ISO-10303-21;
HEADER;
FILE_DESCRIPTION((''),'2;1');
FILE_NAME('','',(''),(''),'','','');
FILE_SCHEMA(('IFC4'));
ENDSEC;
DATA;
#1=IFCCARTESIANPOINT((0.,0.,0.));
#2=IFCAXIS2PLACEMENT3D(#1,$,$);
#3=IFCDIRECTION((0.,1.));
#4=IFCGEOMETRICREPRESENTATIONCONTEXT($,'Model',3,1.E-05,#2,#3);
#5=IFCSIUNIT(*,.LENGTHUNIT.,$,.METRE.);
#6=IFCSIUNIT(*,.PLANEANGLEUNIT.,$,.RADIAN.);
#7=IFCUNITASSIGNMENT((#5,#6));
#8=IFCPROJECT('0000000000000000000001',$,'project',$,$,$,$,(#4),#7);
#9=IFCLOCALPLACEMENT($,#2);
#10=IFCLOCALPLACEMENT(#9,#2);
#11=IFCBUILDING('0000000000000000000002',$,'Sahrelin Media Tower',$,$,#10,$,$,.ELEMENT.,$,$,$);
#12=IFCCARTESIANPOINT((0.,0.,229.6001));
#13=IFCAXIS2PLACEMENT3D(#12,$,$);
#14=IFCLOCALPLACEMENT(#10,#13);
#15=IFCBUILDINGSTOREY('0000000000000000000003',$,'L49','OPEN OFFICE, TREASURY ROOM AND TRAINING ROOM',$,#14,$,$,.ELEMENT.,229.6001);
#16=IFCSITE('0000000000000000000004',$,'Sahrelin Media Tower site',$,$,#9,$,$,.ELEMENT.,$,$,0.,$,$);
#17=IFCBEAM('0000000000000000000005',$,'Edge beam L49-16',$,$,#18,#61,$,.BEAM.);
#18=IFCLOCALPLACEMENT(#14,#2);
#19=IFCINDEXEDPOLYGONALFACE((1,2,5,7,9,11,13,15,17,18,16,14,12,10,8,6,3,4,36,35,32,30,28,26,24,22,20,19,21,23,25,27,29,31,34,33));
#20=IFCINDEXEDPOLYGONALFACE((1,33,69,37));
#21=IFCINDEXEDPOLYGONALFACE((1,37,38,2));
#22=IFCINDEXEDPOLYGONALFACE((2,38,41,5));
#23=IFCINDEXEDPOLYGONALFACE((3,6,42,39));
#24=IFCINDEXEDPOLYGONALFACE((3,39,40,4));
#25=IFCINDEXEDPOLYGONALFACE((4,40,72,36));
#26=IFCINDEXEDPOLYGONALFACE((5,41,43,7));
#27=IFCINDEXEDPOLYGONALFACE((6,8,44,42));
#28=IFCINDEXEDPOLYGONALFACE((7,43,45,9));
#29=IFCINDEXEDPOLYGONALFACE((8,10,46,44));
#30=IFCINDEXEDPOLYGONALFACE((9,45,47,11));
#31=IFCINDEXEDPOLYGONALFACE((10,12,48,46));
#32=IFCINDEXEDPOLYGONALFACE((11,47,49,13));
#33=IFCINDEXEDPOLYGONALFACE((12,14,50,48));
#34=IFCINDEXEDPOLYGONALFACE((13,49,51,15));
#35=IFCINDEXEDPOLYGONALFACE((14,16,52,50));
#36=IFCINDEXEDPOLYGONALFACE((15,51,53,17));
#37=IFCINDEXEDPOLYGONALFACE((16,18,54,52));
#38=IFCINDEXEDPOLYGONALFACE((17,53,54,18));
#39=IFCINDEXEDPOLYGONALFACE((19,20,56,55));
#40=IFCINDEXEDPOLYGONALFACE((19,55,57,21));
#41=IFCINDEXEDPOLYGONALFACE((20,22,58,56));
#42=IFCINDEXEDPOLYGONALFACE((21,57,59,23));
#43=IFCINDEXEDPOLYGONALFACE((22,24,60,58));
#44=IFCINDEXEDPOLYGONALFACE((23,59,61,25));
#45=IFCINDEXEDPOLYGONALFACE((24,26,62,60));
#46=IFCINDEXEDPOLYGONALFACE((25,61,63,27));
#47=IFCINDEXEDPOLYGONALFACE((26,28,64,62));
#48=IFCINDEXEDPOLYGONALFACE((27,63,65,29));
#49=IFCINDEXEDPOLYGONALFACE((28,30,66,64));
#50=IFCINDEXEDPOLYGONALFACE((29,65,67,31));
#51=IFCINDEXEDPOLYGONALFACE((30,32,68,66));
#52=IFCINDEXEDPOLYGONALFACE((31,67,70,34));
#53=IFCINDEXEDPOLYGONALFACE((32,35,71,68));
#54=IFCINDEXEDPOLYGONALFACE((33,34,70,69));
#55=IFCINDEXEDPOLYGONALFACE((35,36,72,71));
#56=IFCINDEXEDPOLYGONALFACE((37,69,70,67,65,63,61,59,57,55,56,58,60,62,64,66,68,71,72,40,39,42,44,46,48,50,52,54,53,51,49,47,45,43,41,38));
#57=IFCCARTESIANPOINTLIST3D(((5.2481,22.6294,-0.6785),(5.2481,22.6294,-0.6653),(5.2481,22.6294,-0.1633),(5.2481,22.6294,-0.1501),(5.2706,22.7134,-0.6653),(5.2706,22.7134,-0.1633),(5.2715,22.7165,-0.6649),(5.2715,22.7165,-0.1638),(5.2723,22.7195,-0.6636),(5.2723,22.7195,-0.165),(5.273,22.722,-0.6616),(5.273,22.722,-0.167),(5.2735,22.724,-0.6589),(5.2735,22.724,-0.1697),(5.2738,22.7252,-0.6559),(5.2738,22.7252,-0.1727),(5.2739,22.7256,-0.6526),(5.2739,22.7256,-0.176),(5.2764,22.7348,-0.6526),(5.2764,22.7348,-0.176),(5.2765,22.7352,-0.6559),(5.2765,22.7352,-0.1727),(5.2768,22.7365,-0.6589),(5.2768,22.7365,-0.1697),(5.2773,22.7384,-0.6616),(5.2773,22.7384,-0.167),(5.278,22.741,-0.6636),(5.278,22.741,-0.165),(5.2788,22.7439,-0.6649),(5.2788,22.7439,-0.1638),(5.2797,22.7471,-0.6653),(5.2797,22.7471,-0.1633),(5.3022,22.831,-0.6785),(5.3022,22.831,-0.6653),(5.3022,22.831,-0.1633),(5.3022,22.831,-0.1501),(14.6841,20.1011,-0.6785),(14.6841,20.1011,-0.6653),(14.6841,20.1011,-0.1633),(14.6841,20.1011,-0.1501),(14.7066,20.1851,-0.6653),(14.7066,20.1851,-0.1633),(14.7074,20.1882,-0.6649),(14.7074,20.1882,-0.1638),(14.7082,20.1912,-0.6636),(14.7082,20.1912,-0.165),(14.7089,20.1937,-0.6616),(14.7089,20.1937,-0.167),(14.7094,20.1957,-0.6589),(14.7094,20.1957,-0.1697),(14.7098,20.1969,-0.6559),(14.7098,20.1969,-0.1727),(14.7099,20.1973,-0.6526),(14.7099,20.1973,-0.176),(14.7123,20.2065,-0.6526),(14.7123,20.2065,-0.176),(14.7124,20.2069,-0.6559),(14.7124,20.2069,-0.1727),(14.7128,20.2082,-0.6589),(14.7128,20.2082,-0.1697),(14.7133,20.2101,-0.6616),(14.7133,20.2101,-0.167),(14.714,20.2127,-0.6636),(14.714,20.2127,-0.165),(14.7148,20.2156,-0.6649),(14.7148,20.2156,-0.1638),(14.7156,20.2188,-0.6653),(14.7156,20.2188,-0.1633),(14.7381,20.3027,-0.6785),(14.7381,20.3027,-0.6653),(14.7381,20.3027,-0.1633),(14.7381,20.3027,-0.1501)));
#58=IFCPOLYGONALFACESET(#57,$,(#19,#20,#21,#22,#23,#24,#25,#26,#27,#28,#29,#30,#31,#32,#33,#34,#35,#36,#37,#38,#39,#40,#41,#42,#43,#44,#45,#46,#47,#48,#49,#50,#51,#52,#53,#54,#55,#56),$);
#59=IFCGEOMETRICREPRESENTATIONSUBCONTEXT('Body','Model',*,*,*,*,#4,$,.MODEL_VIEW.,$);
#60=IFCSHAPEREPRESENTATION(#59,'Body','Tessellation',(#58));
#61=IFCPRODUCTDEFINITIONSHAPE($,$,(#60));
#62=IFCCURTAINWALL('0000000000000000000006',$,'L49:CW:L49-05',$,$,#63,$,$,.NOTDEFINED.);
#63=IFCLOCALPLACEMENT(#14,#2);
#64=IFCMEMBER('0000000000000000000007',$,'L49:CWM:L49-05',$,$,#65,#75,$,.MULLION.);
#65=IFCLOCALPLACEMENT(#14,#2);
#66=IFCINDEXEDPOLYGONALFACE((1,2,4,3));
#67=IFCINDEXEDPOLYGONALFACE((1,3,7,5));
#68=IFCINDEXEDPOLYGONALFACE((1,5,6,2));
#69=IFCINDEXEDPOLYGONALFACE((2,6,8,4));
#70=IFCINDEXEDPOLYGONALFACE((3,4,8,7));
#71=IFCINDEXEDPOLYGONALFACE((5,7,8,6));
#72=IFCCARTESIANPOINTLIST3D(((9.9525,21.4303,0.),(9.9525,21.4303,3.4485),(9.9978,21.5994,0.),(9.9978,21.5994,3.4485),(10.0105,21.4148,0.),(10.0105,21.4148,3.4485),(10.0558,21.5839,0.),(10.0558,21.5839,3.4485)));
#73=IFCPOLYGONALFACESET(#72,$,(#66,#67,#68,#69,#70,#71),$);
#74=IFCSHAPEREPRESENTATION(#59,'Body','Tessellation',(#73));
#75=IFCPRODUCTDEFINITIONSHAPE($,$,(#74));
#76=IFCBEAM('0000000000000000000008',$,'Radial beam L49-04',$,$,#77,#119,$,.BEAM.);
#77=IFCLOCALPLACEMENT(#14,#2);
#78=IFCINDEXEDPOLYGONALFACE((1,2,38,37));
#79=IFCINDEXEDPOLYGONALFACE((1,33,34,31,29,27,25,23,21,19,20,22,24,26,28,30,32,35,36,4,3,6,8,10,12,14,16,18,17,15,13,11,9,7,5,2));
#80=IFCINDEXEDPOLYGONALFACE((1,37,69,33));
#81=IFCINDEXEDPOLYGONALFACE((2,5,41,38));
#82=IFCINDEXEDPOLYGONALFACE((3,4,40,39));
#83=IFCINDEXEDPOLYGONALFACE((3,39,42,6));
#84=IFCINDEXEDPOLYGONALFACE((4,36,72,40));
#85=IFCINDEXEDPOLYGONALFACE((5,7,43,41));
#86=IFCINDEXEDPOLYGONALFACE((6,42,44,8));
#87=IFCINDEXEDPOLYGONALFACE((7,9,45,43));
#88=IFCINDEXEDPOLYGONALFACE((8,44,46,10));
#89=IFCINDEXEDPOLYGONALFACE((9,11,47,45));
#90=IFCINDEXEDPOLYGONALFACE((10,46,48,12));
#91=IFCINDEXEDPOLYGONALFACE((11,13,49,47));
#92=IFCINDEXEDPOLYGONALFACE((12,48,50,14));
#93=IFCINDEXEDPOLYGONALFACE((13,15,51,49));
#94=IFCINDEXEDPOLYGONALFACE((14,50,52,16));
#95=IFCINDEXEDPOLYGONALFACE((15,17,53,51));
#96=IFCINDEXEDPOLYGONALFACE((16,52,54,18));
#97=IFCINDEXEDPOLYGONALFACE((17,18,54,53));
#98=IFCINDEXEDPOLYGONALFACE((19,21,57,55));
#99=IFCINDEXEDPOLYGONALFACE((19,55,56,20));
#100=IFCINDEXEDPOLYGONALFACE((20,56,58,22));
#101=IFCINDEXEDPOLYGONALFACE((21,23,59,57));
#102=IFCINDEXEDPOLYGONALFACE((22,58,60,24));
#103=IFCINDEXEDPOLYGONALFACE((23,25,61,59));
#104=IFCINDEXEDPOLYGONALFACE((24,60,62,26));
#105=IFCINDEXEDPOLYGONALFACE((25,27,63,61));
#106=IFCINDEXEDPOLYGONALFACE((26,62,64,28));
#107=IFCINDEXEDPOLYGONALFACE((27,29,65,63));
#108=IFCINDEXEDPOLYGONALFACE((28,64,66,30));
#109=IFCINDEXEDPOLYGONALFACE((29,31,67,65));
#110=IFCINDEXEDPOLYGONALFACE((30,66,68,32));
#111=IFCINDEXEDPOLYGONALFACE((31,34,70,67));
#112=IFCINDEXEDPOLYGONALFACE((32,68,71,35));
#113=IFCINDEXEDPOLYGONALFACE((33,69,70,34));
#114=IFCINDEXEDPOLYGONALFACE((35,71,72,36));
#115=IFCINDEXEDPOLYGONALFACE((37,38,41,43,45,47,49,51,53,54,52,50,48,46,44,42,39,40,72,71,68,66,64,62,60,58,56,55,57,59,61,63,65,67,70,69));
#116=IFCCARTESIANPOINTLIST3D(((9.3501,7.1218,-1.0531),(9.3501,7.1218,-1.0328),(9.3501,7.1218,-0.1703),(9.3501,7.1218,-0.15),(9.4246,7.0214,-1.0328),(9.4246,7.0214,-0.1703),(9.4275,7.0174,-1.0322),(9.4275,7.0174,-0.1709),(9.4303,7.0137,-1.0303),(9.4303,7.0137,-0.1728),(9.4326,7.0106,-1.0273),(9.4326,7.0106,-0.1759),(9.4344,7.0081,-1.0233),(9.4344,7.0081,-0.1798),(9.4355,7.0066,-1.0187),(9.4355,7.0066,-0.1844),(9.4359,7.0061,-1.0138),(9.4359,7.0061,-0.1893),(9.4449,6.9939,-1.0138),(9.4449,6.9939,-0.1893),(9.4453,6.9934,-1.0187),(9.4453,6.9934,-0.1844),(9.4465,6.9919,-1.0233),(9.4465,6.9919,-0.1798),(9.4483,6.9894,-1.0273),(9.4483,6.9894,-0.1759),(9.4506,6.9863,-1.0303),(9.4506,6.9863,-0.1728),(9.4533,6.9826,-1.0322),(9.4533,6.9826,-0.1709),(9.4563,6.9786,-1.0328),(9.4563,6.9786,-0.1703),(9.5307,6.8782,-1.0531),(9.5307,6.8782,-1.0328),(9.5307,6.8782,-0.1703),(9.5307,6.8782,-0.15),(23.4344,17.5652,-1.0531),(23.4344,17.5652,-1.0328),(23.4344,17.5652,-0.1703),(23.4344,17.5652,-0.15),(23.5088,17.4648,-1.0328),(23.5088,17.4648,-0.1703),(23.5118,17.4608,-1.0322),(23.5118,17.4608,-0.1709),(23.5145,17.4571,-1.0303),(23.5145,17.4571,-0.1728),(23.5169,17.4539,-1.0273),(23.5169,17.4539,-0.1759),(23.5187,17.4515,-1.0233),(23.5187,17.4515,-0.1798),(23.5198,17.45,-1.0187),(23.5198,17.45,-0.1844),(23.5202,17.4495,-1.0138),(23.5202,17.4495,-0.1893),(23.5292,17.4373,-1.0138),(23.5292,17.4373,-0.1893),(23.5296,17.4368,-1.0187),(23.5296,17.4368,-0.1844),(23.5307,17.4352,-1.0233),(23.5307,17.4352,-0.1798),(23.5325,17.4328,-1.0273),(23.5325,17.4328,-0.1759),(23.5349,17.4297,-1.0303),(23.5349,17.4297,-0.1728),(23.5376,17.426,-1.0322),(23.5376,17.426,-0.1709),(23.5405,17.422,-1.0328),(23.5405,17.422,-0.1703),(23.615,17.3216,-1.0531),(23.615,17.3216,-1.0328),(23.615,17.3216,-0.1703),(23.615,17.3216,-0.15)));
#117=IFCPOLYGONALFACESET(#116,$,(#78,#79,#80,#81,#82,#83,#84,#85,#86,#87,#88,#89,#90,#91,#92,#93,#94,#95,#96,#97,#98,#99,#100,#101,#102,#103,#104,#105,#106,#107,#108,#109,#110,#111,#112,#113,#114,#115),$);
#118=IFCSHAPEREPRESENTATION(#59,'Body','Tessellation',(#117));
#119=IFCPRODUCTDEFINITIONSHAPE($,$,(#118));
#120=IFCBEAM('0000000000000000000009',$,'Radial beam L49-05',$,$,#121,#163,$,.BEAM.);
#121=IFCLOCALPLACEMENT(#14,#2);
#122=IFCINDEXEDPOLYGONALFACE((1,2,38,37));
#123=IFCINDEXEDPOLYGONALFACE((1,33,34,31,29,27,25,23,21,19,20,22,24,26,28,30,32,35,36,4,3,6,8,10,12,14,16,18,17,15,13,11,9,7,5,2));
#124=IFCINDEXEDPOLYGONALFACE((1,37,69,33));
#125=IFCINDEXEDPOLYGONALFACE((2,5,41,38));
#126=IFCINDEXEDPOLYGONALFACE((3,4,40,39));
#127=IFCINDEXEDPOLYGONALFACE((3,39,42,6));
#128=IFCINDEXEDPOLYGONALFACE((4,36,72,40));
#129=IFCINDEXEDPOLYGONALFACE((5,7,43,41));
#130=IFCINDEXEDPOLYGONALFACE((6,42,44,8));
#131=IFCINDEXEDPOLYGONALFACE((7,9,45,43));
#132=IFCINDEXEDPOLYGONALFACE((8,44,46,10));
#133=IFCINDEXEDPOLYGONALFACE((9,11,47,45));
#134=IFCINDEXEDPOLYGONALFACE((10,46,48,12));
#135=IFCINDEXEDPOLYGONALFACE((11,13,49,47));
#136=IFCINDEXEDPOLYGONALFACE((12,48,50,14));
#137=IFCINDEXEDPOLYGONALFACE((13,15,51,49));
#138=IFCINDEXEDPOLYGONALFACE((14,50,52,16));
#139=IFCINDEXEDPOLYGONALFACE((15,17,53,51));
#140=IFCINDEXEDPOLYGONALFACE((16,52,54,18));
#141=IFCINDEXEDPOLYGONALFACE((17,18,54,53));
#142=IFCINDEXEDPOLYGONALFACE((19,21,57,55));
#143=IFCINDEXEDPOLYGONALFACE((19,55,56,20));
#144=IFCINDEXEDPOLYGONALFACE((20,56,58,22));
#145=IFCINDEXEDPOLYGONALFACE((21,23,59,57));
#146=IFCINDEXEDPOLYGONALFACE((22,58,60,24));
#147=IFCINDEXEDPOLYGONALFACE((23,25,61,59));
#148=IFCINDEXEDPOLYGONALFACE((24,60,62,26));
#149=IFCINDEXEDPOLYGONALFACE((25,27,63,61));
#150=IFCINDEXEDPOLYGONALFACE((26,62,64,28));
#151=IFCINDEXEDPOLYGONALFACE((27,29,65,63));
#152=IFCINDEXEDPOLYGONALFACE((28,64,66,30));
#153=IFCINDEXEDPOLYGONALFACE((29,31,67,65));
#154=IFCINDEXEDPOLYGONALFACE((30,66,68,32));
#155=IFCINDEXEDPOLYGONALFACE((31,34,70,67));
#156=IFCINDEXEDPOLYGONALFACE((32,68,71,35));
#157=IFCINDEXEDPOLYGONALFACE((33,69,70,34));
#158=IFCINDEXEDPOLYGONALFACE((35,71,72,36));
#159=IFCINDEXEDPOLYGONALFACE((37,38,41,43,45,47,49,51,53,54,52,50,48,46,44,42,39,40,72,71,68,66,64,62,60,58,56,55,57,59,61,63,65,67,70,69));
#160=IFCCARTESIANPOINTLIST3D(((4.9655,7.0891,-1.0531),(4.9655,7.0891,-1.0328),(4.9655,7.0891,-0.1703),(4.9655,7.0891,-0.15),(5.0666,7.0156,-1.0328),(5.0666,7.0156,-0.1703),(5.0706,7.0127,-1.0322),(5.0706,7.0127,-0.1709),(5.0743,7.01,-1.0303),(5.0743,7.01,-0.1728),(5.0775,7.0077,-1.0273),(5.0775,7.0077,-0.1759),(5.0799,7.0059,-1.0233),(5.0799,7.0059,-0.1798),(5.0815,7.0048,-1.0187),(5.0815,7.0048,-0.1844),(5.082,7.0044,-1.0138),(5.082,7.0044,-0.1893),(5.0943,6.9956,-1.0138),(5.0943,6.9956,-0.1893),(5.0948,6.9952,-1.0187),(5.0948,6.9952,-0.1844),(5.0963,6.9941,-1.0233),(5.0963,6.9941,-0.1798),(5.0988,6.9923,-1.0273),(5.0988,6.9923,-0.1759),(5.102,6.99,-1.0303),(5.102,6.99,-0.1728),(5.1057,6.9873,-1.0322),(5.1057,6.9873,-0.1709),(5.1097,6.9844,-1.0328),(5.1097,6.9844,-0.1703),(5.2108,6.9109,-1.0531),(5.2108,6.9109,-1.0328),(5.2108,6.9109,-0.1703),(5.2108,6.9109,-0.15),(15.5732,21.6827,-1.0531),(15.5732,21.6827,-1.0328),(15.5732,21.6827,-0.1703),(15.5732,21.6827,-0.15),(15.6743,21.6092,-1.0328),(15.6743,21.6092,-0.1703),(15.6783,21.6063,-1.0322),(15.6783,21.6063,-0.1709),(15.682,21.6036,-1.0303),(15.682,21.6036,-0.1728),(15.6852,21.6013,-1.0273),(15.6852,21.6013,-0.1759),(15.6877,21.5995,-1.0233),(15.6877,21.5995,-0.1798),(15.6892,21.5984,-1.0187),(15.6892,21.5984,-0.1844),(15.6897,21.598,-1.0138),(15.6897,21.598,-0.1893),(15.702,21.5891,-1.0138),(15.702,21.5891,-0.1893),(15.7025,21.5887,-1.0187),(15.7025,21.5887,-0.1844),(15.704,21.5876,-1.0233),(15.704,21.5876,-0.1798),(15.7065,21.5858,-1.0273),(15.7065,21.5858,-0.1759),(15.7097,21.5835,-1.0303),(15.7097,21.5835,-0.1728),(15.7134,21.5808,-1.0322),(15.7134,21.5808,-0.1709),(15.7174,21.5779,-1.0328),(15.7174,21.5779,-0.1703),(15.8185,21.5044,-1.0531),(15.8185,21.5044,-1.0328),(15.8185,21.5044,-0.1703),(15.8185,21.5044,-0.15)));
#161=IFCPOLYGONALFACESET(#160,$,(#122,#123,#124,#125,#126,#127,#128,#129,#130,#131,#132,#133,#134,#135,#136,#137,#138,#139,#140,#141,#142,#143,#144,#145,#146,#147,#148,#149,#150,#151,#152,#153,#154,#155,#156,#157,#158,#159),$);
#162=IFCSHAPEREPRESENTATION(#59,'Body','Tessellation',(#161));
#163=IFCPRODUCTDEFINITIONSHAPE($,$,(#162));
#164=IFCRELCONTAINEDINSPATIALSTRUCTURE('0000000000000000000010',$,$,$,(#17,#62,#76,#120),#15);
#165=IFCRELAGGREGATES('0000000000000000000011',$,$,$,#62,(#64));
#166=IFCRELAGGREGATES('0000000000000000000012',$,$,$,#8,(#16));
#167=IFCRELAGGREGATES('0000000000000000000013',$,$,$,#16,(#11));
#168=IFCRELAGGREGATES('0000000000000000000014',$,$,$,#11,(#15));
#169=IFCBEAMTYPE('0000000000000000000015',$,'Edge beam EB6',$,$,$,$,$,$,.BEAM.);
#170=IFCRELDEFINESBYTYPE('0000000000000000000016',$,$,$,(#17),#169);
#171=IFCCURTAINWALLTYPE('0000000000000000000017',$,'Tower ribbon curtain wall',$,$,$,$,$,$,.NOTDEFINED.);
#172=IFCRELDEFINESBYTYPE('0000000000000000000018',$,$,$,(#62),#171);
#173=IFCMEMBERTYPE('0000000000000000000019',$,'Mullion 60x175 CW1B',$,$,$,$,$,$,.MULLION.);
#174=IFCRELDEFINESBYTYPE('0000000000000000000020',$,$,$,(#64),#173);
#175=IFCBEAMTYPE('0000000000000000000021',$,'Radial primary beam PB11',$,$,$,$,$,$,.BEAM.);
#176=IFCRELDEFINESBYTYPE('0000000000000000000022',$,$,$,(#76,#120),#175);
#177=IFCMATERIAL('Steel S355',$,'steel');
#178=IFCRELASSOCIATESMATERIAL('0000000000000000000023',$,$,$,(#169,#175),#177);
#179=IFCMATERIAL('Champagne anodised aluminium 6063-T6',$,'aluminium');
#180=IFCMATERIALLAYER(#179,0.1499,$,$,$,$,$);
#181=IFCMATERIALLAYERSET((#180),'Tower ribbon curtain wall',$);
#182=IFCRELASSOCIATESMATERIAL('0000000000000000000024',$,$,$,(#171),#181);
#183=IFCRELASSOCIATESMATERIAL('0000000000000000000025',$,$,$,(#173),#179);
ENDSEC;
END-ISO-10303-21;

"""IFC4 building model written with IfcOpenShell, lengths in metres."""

from ifc_helpers import new_model, si_unit, direction, frame, origin, origin_2d, place, context, subcontext, project, spatial, rectangle, i_section, extrude, material, layer, layer_set, material_profile, profile_set, type_object, element, aggregate, save


model = new_model("IFC4")

# Units and contexts
model_context = context("Model", 3, precision=1e-05, world=origin(), true_north=direction((0.0, 1.0)))
body_context = subcontext(model_context, "Body", "Model", "MODEL_VIEW")
ifc_project = project(units=[si_unit("LENGTHUNIT", "METRE"), si_unit("PLANEANGLEUNIT", "RADIAN")], contexts=[model_context])

# Site, building, storey
site_placement = place(None, origin())
site = spatial("IfcSite", under=ifc_project, at=site_placement, Name="Sahrelin Media Tower site", CompositionType="ELEMENT", RefElevation=0.0)
building_placement = place(site_placement, origin())
building = spatial("IfcBuilding", under=site, at=building_placement, Name="Sahrelin Media Tower", CompositionType="ELEMENT")
storey_placement = place(building_placement, frame((0.0, 0.0, 229.6001)))
storey = spatial("IfcBuildingStorey", under=building, at=storey_placement, Name="L49", Description="OPEN OFFICE, TREASURY ROOM AND TRAINING ROOM", CompositionType="ELEMENT", Elevation=229.6001)

# Beam
ifc_material_1 = material(Name="Steel S355", Category="steel")
ifc_material_profile_1 = material_profile(ifc_material_1, i_section(OverallWidth=0.2087, OverallDepth=0.5283, WebThickness=0.0095, FlangeThickness=0.0132, FilletRadius=0.0127, at=origin_2d()), Name="UB 533x210x82")
ifc_profile_set_1 = profile_set([ifc_material_profile_1], Name="Steel S355")
beam_type_1 = type_object("IfcBeamType", Name="Edge beam EB6", PredefinedType="BEAM", material=ifc_profile_set_1)
beam_1_placement = place(storey_placement, frame((5.2751, 22.7302, -0.4143), z_axis=(0.965927, -0.258814, 0.0), x_axis=(0.258814, 0.965927, 0.0)))
element("IfcBeam", 1, at=beam_1_placement, inside=storey, type_object=beam_type_1, Name="Edge beam L49-16", PredefinedType="BEAM", context=body_context, shape_type="SweptSolid", body=[
    extrude(i_section(OverallWidth=0.2087, OverallDepth=0.5283, WebThickness=0.0095, FlangeThickness=0.0132, FilletRadius=0.0127, at=origin_2d()), origin(), (0.0, 0.0, 1.0), 9.7688),
])

# Curtain wall, member
ifc_material_2 = material(Name="Champagne anodised aluminium 6063-T6", Category="aluminium")
ifc_layer_1 = layer(ifc_material_2, 0.1499)
ifc_layer_set_1 = layer_set([ifc_layer_1], Name="Tower ribbon curtain wall")
curtain_wall_type = type_object("IfcCurtainWallType", Name="Tower ribbon curtain wall", PredefinedType="NOTDEFINED", material=ifc_layer_set_1)
curtain_wall_1_placement = place(storey_placement, frame((10.032, 21.6108, 0.0), z_axis=(0.0, 0.0, 1.0), x_axis=(1.0, 0.0, 0.0)))
curtain_wall_1 = element("IfcCurtainWall", 2, at=curtain_wall_1_placement, inside=storey, type_object=curtain_wall_type, Name="L49:CW:L49-05", PredefinedType="NOTDEFINED")
ifc_material_profile_2 = material_profile(ifc_material_2, rectangle(XDim=0.0601, YDim=0.175, at=origin_2d()), Name="Mullion 60x175")
ifc_profile_set_2 = profile_set([ifc_material_profile_2], Name="Champagne anodised aluminium 6063-T6")
member_type_1 = type_object("IfcMemberType", Name="Mullion 60x175 CW1B", PredefinedType="MULLION", material=ifc_profile_set_2)
member_1_placement = place(storey_placement, frame((10.0042, 21.5071, 0.0), z_axis=(0.0, 0.0, 1.0), x_axis=(-0.965926, 0.258819, 0.0)))
member_1 = element("IfcMember", 3, at=member_1_placement, type_object=member_type_1, Name="L49:CWM:L49-05", PredefinedType="MULLION", context=body_context, shape_type="SweptSolid", body=[
    extrude(rectangle(XDim=0.0601, YDim=0.175, at=origin_2d()), origin(), (0.0, 0.0, 1.0), 3.4485),
])
aggregate(curtain_wall_1, [member_1])

# Beams
ifc_material_profile_3 = material_profile(ifc_material_1, i_section(OverallWidth=0.3032, OverallDepth=0.9031, WebThickness=0.0151, FlangeThickness=0.0203, FilletRadius=0.019, at=origin_2d()), Name="UB 914x305x201")
ifc_profile_set_3 = profile_set([ifc_material_profile_3], Name="Steel S355")
beam_type_2 = type_object("IfcBeamType", Name="Radial primary beam PB11", PredefinedType="BEAM", material=ifc_profile_set_3)
beam_2_placement = place(storey_placement, frame((9.4404, 7.0, -0.6016), z_axis=(0.803268, 0.595618, 0.0), x_axis=(-0.595618, 0.803268, 0.0)))
element("IfcBeam", 4, at=beam_2_placement, inside=storey, type_object=beam_type_2, Name="Radial beam L49-04", PredefinedType="BEAM", context=body_context, shape_type="SweptSolid", body=[
    extrude(i_section(OverallWidth=0.3032, OverallDepth=0.9031, WebThickness=0.0151, FlangeThickness=0.0203, FilletRadius=0.019, at=origin_2d()), origin(), (0.0, 0.0, 1.0), 17.5337),
])
beam_3_placement = place(storey_placement, frame((5.0881, 7.0, -0.6016), z_axis=(0.587962, 0.808889, 0.0), x_axis=(-0.808889, 0.587962, 0.0)))
element("IfcBeam", 5, at=beam_3_placement, inside=storey, type_object=beam_type_2, Name="Radial beam L49-05", PredefinedType="BEAM", context=body_context, shape_type="SweptSolid", body=[
    extrude(i_section(OverallWidth=0.3032, OverallDepth=0.9031, WebThickness=0.0151, FlangeThickness=0.0203, FilletRadius=0.019, at=origin_2d()), origin(), (0.0, 0.0, 1.0), 18.0415),
])

save(model, "model.ifc")
